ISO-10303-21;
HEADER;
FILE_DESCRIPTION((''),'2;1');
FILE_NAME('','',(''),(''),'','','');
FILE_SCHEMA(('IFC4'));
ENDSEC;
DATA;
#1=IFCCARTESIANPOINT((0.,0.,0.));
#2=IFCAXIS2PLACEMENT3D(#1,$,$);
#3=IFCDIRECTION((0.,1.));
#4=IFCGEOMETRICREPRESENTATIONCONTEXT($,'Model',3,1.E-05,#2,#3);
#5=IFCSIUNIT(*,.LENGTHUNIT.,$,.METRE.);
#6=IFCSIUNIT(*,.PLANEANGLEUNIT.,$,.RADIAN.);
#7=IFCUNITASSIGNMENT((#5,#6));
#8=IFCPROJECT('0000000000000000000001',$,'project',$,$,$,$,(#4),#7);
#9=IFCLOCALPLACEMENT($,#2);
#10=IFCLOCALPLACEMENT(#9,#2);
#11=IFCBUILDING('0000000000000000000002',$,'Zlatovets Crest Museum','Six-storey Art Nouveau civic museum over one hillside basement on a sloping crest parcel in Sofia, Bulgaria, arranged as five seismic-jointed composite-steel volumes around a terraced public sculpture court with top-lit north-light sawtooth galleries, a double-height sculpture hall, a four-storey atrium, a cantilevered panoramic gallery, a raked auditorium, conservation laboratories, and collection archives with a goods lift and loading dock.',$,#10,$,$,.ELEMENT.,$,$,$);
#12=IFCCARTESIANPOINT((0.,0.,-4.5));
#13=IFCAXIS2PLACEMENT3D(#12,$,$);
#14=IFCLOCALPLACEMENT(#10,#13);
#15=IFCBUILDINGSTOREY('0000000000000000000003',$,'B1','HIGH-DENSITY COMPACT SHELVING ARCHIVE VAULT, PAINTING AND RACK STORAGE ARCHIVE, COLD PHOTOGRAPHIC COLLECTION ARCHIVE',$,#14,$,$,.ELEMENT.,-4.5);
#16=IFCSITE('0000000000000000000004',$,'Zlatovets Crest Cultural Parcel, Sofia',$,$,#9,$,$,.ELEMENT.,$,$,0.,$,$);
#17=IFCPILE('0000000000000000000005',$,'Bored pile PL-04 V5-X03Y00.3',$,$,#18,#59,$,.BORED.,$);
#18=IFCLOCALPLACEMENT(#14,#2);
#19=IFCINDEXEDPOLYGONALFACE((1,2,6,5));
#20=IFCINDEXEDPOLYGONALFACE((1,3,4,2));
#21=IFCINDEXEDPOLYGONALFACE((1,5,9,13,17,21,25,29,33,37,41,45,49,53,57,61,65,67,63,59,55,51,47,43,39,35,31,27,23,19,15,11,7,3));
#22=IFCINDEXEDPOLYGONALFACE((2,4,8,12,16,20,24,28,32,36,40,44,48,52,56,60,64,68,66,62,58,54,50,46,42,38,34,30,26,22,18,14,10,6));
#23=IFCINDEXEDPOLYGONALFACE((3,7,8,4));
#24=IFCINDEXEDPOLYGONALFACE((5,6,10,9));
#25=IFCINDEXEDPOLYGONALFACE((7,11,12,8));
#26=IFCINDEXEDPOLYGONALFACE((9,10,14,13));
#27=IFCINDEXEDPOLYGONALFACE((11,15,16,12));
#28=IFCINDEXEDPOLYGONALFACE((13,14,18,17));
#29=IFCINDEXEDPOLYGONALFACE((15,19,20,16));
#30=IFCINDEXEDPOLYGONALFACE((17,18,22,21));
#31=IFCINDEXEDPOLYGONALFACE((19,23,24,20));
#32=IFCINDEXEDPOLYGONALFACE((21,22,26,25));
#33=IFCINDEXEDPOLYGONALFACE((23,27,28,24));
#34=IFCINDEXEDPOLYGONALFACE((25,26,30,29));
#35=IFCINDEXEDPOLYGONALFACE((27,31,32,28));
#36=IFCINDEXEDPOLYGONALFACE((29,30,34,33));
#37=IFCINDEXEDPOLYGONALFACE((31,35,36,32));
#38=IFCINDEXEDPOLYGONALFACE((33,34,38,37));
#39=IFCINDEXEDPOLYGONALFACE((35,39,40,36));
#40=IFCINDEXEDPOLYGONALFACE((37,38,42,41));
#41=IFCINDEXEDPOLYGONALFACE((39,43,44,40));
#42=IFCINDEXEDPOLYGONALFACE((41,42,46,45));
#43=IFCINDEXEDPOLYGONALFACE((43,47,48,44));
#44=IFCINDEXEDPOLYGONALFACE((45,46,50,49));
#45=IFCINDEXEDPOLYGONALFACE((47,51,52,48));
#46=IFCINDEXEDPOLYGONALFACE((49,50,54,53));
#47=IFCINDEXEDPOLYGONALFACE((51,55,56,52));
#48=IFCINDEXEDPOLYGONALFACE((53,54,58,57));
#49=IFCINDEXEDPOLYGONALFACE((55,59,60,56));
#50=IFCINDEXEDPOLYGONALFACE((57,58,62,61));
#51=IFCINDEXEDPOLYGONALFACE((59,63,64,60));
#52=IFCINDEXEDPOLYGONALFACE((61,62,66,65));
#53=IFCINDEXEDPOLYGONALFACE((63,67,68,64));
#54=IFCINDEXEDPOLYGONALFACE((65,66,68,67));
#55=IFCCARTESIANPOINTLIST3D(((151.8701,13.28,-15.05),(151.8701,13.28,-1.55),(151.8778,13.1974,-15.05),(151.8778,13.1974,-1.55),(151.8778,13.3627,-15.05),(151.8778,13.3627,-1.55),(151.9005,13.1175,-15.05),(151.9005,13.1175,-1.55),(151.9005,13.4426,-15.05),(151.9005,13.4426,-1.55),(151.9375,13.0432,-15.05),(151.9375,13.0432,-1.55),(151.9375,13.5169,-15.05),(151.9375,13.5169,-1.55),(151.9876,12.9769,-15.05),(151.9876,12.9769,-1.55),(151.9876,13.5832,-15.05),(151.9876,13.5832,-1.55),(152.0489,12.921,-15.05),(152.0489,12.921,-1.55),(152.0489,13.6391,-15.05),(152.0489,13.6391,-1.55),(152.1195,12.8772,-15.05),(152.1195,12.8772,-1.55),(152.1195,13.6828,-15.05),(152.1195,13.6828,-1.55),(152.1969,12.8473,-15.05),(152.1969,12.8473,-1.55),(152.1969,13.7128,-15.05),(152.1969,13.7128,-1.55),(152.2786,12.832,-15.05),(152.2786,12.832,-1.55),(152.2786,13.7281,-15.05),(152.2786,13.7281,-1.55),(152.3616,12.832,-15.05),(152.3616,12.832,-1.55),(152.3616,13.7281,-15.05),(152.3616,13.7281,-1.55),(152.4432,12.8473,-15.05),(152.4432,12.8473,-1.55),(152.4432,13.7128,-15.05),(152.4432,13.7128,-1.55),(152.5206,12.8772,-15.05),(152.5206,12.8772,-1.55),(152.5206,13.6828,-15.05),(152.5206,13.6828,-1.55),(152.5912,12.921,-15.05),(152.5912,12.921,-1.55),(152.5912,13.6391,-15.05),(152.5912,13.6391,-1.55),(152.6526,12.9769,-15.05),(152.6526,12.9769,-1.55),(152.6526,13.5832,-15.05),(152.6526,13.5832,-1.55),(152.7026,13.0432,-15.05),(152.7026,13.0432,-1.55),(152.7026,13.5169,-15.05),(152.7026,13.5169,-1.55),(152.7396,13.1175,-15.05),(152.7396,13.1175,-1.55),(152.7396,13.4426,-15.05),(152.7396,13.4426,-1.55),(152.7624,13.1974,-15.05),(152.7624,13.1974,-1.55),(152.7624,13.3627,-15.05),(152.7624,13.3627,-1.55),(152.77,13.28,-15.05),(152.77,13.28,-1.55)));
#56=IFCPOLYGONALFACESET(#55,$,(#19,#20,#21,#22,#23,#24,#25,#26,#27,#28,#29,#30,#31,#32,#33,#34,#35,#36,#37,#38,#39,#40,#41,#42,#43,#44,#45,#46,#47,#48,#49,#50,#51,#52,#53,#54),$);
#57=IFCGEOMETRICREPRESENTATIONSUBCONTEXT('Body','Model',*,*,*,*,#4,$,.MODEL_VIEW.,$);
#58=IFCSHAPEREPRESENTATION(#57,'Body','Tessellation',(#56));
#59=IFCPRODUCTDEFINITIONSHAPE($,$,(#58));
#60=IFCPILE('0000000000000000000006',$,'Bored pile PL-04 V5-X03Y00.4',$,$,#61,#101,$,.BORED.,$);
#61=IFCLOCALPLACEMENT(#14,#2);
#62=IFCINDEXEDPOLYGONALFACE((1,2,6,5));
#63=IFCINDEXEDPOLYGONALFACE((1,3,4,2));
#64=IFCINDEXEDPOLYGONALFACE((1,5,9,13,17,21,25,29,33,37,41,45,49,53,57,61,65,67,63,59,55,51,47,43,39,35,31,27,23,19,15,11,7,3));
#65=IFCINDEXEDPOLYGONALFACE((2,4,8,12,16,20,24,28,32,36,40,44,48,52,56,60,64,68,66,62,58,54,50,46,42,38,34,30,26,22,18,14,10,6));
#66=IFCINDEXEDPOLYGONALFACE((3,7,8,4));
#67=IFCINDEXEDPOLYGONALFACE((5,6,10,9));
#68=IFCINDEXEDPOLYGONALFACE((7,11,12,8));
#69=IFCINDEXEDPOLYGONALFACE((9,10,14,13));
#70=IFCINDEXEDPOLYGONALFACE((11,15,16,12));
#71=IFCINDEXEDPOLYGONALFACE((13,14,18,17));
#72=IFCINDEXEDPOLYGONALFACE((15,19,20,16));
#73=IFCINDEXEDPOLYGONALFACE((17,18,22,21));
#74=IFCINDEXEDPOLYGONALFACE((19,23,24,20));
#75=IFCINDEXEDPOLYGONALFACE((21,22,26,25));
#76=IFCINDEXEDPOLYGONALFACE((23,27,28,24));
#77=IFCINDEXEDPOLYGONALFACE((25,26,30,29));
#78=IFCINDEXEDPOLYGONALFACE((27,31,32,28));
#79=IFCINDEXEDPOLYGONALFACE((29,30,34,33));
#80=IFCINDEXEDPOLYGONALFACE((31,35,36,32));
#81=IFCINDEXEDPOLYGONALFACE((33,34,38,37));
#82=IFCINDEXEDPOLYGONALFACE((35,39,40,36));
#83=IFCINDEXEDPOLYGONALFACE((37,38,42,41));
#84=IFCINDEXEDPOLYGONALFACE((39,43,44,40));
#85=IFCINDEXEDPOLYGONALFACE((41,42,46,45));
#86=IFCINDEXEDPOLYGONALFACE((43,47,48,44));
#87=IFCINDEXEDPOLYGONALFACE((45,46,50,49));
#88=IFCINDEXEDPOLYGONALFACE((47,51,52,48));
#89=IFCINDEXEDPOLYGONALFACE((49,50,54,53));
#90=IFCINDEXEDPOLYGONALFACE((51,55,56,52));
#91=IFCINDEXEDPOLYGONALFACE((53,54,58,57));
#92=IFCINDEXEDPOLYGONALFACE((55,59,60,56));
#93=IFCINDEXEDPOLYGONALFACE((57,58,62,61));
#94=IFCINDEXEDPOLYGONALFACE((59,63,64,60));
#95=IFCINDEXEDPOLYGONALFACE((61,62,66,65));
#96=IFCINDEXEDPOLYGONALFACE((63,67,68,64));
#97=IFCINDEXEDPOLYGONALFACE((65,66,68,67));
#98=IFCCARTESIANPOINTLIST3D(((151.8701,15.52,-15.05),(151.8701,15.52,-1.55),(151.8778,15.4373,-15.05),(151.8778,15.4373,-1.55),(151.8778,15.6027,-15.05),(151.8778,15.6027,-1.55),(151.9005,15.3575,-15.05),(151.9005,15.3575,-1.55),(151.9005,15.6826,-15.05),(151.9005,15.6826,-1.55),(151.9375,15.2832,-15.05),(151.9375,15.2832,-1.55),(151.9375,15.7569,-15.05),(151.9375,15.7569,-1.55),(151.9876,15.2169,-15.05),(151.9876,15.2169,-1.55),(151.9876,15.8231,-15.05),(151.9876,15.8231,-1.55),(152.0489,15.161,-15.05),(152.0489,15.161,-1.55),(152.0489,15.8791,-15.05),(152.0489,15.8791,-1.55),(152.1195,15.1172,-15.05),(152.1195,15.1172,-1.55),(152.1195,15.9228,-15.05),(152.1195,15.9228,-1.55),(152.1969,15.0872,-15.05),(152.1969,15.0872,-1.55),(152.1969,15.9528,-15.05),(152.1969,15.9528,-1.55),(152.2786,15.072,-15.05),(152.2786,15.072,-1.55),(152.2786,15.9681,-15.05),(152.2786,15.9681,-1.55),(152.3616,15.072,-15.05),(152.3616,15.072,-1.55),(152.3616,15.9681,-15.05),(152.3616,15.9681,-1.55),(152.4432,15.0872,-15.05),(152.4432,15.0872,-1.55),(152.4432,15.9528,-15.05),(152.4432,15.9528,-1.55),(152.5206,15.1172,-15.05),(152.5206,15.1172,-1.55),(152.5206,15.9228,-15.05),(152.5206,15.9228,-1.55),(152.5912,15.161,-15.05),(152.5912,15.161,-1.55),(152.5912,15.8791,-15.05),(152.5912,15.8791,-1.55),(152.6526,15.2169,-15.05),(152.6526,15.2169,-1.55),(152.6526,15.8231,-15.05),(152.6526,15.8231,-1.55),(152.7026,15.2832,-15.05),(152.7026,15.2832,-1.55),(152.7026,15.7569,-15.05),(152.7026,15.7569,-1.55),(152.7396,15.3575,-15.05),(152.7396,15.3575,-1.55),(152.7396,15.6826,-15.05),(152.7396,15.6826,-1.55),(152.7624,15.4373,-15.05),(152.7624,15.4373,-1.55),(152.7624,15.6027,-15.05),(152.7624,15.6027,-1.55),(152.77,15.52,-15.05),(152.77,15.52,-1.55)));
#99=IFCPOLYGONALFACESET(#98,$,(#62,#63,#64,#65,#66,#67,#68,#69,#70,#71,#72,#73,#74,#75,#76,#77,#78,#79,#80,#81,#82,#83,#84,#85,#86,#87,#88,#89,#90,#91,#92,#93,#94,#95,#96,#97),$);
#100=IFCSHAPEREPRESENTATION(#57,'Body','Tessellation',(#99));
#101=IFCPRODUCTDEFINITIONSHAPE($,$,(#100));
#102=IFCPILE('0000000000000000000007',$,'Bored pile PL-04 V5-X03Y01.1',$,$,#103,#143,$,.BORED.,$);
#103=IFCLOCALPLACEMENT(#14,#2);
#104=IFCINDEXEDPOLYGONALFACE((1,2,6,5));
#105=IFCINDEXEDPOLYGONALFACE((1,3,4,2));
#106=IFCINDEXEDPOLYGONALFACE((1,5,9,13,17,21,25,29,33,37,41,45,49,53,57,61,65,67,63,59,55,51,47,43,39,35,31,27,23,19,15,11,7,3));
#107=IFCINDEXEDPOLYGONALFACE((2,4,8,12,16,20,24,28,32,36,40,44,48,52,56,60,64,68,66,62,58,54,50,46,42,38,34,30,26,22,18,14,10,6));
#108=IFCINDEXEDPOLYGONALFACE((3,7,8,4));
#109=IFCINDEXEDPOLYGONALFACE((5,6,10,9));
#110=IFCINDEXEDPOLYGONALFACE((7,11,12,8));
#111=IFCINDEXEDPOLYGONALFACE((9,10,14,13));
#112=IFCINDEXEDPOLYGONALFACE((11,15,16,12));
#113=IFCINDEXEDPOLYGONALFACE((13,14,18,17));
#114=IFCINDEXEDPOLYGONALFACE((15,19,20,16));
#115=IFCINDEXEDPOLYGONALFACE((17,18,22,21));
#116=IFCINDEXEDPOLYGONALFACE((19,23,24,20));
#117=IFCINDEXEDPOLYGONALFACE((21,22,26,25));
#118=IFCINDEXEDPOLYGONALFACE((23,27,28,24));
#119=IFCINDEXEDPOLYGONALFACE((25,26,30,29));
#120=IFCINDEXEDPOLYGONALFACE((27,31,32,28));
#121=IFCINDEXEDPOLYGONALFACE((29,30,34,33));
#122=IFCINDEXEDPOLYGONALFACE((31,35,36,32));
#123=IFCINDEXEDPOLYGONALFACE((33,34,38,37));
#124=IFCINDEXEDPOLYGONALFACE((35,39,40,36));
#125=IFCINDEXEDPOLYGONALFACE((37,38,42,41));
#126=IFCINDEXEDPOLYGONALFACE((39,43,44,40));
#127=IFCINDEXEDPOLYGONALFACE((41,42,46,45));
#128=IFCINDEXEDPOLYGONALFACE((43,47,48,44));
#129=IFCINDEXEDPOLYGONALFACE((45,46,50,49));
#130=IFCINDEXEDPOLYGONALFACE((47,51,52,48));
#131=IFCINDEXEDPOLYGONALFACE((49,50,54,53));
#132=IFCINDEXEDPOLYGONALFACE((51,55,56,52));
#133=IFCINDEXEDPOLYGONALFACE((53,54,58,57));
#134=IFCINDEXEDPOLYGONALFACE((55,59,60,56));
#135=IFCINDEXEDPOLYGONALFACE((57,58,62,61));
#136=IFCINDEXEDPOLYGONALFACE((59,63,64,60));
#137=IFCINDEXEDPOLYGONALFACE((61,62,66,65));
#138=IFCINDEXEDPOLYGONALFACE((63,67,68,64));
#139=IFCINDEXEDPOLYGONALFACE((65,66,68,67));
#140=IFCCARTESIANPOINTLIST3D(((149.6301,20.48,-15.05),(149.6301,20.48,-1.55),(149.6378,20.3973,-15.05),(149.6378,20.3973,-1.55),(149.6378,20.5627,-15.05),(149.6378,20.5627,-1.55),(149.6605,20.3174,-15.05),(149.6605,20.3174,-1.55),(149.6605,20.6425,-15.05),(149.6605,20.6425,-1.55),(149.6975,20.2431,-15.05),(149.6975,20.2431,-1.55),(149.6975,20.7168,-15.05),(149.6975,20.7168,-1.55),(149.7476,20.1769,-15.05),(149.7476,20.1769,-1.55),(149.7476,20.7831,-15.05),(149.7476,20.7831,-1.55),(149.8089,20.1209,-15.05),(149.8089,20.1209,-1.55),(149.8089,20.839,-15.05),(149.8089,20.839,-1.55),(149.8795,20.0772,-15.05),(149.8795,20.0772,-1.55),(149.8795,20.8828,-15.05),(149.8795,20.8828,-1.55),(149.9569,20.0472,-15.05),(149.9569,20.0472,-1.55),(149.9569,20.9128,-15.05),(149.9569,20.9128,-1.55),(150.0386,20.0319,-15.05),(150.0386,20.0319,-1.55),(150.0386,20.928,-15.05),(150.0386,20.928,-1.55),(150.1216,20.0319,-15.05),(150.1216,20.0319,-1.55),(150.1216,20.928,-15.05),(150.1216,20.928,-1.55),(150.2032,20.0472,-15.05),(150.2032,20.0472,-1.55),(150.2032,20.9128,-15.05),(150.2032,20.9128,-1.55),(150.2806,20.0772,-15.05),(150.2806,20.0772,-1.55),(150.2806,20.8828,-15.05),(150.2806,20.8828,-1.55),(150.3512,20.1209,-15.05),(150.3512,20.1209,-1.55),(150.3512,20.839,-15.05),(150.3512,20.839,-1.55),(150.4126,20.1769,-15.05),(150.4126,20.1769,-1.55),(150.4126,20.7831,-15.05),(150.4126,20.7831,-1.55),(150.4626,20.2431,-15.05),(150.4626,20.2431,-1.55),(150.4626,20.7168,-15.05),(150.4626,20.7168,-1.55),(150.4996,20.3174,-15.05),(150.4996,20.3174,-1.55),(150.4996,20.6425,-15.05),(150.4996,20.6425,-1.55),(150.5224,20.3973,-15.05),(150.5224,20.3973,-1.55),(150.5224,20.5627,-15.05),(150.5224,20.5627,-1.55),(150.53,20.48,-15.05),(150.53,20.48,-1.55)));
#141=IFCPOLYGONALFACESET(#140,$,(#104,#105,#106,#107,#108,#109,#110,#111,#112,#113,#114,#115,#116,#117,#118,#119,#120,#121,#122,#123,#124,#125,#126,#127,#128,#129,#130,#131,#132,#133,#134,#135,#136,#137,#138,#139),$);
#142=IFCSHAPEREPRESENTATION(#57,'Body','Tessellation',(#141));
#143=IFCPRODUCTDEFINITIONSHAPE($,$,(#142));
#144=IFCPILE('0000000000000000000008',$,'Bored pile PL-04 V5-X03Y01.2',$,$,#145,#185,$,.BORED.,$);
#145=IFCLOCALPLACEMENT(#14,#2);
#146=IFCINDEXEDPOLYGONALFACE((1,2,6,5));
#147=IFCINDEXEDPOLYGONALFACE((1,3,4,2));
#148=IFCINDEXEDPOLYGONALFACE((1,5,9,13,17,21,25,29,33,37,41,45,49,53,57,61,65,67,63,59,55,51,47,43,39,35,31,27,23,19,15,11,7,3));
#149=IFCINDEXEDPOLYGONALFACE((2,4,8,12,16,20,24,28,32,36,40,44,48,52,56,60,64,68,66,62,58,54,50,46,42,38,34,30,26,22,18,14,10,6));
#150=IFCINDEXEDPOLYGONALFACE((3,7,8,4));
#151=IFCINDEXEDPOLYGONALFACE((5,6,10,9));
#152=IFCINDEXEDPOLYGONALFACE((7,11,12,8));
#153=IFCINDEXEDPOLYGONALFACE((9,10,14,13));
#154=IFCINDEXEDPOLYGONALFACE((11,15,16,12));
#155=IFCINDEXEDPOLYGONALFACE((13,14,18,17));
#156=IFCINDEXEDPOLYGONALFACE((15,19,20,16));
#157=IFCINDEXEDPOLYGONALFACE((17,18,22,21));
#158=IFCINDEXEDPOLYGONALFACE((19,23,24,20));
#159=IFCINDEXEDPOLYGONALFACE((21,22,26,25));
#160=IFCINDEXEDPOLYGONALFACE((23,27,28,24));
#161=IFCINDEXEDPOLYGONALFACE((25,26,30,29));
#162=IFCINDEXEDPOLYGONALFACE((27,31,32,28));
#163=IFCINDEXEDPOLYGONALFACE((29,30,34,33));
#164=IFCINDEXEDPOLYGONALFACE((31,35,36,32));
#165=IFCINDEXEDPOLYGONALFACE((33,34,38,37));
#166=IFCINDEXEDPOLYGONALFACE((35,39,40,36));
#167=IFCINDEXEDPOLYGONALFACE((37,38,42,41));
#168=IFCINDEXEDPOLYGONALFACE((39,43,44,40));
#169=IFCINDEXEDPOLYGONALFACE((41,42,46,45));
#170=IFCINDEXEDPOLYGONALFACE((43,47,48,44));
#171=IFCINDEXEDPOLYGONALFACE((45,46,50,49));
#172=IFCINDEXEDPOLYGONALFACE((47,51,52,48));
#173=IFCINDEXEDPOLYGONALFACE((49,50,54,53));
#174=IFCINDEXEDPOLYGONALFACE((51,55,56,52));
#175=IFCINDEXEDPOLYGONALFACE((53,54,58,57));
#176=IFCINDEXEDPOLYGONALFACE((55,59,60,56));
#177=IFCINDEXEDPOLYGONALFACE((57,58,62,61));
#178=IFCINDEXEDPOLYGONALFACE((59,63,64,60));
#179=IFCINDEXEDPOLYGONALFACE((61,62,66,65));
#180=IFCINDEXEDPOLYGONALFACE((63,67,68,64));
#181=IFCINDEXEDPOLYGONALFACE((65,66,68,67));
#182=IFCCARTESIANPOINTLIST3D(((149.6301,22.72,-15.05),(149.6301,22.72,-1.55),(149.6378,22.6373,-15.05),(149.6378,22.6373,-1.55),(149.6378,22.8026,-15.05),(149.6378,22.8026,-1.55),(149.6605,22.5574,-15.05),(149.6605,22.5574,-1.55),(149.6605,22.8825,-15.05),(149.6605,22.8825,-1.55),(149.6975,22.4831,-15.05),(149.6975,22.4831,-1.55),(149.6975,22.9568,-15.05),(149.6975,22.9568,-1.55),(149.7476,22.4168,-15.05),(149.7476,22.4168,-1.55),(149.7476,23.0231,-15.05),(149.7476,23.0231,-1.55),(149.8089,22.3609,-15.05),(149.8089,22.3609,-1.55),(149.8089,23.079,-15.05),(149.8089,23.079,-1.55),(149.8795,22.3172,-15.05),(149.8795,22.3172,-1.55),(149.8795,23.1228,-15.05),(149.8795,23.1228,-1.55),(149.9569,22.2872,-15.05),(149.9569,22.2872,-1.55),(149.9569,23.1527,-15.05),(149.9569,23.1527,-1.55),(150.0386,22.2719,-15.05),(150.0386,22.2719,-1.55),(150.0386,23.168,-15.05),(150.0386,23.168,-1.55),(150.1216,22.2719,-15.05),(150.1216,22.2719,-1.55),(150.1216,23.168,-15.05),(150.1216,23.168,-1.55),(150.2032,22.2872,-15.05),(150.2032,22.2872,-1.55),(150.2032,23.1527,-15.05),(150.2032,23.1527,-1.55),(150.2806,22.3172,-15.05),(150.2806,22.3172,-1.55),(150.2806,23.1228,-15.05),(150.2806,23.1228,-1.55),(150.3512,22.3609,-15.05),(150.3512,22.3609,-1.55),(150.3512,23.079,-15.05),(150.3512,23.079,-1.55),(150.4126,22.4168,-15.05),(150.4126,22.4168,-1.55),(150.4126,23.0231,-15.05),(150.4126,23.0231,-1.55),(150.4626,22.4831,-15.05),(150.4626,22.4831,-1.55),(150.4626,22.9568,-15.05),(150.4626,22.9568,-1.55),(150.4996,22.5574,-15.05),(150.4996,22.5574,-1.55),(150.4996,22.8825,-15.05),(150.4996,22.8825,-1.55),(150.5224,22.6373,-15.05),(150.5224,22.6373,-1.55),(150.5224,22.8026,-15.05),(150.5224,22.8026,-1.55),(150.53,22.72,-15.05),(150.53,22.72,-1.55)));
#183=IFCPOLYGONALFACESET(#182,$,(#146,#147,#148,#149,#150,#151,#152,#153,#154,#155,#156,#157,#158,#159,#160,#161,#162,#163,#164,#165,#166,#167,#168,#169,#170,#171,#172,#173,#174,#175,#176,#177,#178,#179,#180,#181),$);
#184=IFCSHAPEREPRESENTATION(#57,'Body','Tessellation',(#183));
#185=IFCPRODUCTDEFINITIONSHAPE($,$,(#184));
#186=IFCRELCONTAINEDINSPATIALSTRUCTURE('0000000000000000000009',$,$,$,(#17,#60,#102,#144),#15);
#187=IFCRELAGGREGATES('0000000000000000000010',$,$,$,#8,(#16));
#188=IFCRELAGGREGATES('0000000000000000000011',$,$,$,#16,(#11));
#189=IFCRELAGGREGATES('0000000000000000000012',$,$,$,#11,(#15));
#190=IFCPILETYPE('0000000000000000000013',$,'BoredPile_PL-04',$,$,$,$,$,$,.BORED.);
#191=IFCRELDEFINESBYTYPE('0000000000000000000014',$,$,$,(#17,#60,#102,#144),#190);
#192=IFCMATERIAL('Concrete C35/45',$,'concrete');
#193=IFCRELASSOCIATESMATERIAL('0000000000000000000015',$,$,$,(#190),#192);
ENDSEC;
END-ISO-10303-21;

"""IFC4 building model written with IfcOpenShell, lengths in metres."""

from ifc_helpers import new_model, si_unit, direction, frame, origin, origin_2d, place, context, subcontext, project, spatial, circle, extrude, material, material_profile, profile_set, type_object, element, save


model = new_model("IFC4")

# Units and contexts
model_context = context("Model", 3, precision=1e-05, world=origin(), true_north=direction((0.0, 1.0)))
body_context = subcontext(model_context, "Body", "Model", "MODEL_VIEW")
ifc_project = project(units=[si_unit("LENGTHUNIT", "METRE"), si_unit("PLANEANGLEUNIT", "RADIAN")], contexts=[model_context])

# Site, building, storey
site_placement = place(None, origin())
site = spatial("IfcSite", under=ifc_project, at=site_placement, Name="Zlatovets Crest Cultural Parcel, Sofia", CompositionType="ELEMENT", RefElevation=0.0)
building_placement = place(site_placement, origin())
building = spatial("IfcBuilding", under=site, at=building_placement, Name="Zlatovets Crest Museum", Description="Six-storey Art Nouveau civic museum over one hillside basement on a sloping crest parcel in Sofia, Bulgaria, arranged as five seismic-jointed composite-steel volumes around a terraced public sculpture court with top-lit north-light sawtooth galleries, a double-height sculpture hall, a four-storey atrium, a cantilevered panoramic gallery, a raked auditorium, conservation laboratories, and collection archives with a goods lift and loading dock.", CompositionType="ELEMENT")
storey_placement = place(building_placement, frame((0.0, 0.0, -4.5)))
storey = spatial("IfcBuildingStorey", under=building, at=storey_placement, Name="B1", Description="HIGH-DENSITY COMPACT SHELVING ARCHIVE VAULT, PAINTING AND RACK STORAGE ARCHIVE, COLD PHOTOGRAPHIC COLLECTION ARCHIVE", CompositionType="ELEMENT", Elevation=-4.5)

# Piles
ifc_material = material(Name="Concrete C35/45", Category="concrete")
ifc_material_profile_1 = material_profile(ifc_material, circle(Radius=0.45, at=origin_2d()), Name="PILE D900")
ifc_profile_set_1 = profile_set([ifc_material_profile_1], Name="Concrete C35/45")
pile_type = type_object("IfcPileType", Name="BoredPile_PL-04", PredefinedType="BORED", material=ifc_profile_set_1)
for number, where, z_axis, x_axis, name in (
    (1, (152.3201, 13.28, -1.55), (0.0, 0.0, -1.0), (1.0, 0.0, 0.0), "Bored pile PL-04 V5-X03Y00.3"),
    (2, (152.3201, 15.52, -1.55), (0.0, 0.0, -1.0), (1.0, 0.0, 0.0), "Bored pile PL-04 V5-X03Y00.4"),
    (3, (150.0801, 20.48, -1.55), (0.0, 0.0, -1.0), (1.0, 0.0, 0.0), "Bored pile PL-04 V5-X03Y01.1"),
    (4, (150.0801, 22.72, -1.55), (0.0, 0.0, -1.0), (1.0, 0.0, 0.0), "Bored pile PL-04 V5-X03Y01.2"),
):
    element("IfcPile", number, at=place(storey_placement, frame(where, z_axis=z_axis, x_axis=x_axis)), inside=storey, type_object=pile_type, Name=name, PredefinedType="BORED", context=body_context, shape_type="SweptSolid", body=[
        extrude(circle(Radius=0.45, at=origin_2d()), origin(), (0.0, 0.0, 1.0), 13.5),
    ])

save(model, "model.ifc")
